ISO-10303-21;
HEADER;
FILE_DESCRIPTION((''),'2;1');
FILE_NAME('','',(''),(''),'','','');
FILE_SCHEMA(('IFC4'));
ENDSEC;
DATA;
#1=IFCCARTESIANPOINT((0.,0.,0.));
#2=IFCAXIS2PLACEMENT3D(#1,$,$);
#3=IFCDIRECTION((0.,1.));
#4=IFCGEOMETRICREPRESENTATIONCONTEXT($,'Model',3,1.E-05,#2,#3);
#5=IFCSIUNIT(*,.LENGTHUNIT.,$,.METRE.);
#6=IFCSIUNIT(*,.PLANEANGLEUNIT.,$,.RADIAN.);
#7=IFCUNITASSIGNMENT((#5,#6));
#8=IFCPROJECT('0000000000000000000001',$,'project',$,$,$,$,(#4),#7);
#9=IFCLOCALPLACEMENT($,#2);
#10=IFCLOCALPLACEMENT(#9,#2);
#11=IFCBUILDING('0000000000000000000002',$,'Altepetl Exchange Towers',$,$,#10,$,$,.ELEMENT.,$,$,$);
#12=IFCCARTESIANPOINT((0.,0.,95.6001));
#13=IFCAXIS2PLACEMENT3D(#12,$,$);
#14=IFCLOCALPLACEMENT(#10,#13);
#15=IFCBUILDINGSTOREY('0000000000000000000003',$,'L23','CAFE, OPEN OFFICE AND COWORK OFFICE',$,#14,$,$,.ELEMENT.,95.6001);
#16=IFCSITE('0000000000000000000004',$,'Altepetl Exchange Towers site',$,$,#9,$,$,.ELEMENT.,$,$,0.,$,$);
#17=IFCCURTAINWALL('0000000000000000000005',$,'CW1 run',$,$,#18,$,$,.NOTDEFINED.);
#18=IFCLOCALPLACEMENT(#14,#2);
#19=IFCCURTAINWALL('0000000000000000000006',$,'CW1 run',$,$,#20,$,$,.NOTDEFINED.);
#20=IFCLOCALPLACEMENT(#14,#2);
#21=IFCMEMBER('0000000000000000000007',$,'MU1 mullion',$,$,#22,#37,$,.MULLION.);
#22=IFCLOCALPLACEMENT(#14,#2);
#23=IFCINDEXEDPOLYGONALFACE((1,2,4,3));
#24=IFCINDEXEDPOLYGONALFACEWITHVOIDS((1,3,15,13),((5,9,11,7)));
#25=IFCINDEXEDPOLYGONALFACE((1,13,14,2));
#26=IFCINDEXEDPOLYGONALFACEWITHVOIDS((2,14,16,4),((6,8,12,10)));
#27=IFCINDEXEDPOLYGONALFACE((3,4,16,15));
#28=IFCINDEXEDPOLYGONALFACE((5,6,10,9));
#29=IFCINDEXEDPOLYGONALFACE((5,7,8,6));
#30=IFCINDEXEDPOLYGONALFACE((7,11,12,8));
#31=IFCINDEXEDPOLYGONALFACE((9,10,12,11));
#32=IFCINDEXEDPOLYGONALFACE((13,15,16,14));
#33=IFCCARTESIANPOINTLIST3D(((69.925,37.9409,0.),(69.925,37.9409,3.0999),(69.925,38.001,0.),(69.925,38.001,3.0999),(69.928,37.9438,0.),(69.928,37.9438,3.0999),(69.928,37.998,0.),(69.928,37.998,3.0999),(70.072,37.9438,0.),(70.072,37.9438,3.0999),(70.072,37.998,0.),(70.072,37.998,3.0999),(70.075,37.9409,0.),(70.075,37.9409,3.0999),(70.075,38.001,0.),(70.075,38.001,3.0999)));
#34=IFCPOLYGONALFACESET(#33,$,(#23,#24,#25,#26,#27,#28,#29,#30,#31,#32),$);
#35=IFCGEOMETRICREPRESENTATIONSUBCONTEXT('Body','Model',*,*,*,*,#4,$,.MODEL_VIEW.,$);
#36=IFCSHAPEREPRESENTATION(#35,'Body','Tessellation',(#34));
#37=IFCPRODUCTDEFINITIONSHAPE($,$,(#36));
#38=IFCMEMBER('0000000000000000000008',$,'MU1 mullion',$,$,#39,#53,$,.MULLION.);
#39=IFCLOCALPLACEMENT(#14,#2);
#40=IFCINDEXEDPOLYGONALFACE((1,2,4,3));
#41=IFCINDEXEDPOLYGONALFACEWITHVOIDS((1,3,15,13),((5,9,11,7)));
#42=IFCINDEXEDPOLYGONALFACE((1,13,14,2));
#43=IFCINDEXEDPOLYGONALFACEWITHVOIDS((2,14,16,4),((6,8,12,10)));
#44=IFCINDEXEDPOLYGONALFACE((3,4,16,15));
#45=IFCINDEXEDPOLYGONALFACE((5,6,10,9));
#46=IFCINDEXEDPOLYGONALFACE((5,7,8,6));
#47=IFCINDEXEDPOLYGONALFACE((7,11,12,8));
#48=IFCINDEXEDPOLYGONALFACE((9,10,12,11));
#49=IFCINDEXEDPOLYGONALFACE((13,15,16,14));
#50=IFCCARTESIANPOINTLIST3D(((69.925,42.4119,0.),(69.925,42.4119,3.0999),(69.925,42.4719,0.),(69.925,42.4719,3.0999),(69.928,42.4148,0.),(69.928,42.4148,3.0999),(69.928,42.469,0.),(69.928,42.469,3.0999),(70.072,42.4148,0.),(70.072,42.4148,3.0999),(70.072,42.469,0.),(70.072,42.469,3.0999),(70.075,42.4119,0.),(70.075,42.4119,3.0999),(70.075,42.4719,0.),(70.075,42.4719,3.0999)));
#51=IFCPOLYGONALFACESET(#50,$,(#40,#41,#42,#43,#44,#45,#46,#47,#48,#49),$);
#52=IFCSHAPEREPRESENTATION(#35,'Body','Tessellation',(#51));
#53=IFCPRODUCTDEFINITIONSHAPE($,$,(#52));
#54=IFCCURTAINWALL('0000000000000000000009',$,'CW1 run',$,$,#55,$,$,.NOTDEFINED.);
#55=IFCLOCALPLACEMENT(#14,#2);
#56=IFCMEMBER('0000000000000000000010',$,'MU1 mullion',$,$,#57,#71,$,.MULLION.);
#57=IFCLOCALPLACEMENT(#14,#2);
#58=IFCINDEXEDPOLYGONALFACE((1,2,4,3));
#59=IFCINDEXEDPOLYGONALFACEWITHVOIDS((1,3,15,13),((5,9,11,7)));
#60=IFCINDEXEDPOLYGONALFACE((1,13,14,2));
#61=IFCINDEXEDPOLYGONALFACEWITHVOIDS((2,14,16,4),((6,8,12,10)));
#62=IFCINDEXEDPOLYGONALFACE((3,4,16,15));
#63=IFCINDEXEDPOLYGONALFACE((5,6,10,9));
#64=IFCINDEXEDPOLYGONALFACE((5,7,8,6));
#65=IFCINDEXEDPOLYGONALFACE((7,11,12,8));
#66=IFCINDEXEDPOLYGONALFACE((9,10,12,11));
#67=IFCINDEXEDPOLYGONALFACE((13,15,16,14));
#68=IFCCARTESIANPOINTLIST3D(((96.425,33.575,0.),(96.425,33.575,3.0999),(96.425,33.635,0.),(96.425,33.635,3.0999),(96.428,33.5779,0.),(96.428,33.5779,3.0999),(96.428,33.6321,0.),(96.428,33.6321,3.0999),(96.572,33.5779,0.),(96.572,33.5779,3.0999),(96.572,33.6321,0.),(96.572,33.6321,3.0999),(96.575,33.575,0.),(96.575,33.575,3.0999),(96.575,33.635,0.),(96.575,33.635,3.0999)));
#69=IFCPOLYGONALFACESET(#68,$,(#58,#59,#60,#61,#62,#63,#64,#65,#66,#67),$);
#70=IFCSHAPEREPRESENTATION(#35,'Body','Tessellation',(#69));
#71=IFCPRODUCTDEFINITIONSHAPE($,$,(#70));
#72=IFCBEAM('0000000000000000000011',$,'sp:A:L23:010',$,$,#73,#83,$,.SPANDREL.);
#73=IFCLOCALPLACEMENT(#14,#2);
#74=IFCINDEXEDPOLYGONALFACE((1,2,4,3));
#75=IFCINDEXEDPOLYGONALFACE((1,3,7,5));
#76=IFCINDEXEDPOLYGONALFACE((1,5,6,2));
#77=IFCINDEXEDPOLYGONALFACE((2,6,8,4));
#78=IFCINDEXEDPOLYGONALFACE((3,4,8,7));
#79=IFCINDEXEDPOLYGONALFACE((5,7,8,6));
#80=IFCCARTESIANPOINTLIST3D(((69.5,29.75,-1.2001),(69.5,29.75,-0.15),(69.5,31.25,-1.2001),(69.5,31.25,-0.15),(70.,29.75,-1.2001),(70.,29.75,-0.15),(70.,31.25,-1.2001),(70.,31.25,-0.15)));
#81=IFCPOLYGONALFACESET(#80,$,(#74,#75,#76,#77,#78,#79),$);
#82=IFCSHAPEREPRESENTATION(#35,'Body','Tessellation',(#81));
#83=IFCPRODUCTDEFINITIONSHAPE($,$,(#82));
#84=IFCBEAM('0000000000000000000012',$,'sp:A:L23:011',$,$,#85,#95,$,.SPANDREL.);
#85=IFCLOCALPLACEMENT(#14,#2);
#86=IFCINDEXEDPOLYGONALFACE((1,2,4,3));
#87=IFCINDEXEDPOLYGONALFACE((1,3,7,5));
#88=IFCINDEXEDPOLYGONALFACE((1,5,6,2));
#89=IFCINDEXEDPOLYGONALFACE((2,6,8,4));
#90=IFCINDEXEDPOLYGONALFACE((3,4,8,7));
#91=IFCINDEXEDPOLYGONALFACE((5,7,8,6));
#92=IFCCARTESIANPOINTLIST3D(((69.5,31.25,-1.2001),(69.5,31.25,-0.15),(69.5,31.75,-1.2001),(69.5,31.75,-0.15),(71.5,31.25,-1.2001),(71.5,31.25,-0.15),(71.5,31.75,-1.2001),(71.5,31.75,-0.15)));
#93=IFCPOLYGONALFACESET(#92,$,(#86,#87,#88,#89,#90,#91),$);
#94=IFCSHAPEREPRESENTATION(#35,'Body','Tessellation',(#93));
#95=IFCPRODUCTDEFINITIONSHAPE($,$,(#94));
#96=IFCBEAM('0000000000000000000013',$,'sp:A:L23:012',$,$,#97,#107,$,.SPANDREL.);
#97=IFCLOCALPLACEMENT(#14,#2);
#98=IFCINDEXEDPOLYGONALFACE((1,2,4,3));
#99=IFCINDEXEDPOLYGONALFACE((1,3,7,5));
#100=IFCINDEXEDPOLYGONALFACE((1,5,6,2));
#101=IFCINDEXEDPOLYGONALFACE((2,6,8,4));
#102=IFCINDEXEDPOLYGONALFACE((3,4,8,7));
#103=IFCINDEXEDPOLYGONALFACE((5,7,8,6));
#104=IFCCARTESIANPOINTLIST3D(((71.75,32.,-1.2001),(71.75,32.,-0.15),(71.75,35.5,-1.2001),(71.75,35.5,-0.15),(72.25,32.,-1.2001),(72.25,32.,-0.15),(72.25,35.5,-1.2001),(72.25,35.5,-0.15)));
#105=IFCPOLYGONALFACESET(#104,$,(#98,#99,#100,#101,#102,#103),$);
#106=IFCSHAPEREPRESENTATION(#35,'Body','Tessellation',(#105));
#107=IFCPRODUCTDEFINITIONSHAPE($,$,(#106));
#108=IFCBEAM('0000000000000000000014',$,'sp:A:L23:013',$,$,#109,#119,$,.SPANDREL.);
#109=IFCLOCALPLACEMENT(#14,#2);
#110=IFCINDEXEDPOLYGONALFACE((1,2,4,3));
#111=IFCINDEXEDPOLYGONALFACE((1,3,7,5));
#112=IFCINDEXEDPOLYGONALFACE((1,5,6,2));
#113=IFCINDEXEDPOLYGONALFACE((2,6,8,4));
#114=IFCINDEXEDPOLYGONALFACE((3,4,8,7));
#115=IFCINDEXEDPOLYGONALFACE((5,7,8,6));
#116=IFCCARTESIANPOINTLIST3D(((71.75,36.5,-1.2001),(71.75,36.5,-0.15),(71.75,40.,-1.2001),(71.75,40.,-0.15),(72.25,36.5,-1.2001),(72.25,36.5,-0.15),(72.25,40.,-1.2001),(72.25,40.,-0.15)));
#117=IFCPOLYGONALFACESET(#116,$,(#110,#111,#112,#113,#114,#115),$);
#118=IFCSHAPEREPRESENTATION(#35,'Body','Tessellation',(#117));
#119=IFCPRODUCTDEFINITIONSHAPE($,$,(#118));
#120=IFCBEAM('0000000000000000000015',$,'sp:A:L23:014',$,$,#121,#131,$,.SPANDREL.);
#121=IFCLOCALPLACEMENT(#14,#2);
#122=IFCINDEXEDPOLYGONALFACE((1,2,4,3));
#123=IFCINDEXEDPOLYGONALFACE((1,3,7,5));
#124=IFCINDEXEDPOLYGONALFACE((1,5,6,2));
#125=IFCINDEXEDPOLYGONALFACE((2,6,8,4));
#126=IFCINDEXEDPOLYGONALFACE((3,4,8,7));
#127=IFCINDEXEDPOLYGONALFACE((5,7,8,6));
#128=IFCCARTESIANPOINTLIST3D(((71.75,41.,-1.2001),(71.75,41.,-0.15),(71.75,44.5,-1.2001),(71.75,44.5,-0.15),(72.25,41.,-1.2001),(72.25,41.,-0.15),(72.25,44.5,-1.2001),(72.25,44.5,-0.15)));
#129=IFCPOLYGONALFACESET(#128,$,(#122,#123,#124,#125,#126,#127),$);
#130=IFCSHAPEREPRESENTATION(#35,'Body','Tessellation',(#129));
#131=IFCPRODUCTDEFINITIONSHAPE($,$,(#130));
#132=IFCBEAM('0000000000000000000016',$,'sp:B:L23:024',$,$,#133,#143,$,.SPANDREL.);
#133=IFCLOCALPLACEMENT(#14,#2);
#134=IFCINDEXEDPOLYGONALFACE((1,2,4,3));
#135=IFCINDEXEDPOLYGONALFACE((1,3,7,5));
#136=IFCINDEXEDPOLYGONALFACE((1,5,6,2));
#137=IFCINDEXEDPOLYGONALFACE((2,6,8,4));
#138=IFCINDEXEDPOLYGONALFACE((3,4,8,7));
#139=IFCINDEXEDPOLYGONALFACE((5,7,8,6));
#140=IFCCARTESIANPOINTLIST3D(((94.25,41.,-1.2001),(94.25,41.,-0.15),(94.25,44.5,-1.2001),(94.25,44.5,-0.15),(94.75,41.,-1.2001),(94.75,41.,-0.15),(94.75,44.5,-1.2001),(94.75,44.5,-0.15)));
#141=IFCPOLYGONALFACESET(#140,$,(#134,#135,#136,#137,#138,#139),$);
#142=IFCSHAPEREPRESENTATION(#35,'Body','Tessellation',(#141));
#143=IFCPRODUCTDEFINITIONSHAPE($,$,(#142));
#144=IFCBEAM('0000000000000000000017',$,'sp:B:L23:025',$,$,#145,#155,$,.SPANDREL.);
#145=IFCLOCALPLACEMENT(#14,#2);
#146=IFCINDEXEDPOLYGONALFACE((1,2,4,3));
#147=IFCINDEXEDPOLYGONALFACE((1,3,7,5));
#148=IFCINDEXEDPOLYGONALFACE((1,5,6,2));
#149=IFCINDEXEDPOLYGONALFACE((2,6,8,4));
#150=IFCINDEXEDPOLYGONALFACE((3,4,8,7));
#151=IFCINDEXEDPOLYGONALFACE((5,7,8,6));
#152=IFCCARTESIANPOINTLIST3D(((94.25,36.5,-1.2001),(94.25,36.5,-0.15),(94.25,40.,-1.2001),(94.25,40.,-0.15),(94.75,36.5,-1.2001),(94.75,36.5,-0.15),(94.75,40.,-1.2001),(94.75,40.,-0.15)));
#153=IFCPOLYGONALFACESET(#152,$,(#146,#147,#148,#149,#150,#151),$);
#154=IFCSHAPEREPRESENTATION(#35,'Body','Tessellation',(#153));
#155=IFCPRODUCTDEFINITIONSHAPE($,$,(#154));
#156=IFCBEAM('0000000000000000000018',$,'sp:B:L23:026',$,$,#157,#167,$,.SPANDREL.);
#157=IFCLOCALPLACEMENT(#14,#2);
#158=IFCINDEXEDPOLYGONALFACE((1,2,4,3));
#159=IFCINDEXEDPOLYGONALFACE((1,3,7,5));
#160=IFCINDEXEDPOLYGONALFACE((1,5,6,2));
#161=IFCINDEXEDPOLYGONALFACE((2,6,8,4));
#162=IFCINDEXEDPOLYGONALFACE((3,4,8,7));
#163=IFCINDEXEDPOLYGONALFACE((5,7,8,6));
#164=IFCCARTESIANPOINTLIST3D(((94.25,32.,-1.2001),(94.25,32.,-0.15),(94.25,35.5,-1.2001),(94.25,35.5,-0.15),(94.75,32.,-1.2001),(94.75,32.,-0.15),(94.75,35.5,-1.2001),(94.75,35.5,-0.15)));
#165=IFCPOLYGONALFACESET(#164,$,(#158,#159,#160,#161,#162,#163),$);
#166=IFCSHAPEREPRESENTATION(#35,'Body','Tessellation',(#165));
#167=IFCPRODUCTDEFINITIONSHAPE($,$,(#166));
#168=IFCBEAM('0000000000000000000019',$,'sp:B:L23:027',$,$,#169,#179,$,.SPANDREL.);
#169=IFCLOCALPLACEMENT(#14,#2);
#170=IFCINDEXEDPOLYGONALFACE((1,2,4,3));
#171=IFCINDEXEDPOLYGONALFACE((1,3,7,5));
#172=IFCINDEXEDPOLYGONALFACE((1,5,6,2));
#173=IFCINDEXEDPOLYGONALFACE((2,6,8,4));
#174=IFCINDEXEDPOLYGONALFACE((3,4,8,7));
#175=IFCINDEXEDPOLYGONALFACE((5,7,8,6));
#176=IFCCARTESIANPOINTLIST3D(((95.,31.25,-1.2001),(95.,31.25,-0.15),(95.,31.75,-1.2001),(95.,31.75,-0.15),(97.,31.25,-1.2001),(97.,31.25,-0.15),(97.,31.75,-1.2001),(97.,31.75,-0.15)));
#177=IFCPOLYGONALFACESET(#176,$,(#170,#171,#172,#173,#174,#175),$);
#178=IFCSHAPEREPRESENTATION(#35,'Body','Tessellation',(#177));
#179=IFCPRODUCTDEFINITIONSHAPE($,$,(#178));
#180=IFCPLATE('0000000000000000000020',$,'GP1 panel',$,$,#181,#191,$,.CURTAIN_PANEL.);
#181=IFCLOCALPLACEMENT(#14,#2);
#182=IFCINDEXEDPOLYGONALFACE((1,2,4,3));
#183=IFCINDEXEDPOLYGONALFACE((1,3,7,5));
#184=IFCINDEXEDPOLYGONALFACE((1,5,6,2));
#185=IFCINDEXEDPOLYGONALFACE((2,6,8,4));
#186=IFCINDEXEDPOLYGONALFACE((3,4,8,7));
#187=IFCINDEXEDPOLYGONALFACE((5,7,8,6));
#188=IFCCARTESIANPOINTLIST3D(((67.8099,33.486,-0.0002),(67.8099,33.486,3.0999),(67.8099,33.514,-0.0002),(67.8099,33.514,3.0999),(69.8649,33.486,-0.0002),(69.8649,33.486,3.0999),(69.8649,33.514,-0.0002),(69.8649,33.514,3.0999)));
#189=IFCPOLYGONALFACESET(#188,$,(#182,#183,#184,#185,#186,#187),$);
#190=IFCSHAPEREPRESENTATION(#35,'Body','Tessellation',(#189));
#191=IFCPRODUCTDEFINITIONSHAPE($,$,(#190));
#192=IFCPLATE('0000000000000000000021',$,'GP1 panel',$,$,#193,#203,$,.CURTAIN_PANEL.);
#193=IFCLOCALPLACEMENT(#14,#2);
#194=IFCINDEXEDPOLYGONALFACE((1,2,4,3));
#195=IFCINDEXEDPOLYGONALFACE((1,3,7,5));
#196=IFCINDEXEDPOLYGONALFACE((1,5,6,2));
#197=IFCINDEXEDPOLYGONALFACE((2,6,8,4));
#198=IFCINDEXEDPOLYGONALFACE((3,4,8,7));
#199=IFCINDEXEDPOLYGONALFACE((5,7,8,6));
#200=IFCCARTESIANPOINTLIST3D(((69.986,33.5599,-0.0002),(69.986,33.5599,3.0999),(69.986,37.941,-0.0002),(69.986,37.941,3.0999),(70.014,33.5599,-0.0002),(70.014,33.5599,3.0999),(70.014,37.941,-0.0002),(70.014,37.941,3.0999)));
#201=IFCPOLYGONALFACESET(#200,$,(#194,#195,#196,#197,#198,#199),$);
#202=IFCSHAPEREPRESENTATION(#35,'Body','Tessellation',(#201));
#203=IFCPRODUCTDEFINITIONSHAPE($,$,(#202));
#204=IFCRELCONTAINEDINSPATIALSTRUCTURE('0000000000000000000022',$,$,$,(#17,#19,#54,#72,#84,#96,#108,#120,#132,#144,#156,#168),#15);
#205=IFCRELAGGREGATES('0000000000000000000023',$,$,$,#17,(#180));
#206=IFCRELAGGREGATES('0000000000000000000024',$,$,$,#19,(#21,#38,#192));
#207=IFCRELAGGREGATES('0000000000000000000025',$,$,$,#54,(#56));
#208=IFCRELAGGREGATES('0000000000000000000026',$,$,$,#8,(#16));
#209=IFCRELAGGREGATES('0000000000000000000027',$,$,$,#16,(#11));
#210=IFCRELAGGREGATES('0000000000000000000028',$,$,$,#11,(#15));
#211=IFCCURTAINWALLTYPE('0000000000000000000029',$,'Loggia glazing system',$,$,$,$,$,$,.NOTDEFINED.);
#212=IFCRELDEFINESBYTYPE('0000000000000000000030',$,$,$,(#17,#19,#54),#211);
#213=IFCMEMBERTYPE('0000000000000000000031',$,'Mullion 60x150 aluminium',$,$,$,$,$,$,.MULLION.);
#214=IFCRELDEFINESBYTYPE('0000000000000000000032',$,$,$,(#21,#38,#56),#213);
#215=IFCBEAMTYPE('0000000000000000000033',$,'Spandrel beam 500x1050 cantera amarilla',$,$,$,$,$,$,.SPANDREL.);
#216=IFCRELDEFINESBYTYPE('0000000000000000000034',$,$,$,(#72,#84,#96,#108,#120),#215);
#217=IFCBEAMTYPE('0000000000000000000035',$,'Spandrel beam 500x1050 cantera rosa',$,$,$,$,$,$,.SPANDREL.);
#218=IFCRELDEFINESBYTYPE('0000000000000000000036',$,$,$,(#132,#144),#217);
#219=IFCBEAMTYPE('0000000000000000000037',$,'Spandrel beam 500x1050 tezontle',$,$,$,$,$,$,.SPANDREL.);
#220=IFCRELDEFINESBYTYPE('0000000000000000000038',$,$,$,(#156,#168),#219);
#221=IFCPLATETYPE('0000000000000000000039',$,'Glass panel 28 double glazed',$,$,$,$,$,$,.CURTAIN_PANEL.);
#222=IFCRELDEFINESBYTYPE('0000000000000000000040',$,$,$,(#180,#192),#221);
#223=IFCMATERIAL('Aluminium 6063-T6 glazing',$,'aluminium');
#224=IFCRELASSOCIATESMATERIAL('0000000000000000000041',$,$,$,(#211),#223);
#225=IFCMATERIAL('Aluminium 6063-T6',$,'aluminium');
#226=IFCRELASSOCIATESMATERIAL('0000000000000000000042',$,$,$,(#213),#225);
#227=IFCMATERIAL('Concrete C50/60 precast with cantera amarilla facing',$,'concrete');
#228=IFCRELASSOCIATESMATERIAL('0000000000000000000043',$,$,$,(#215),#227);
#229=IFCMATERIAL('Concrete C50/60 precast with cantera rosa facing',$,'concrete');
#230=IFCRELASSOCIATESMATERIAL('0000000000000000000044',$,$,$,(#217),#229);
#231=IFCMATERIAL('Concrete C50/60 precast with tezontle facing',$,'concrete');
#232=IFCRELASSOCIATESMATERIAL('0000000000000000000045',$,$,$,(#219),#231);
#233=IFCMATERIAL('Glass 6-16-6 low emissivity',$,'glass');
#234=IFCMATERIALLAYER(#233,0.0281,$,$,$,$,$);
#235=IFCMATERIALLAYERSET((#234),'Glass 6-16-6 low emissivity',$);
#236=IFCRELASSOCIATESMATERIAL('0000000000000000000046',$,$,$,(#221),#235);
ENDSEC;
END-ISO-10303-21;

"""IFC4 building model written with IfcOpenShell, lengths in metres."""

from ifc_helpers import new_model, si_unit, direction, frame, origin, origin_2d, place, context, subcontext, project, spatial, rectangle, hollow_rectangle, extrude, material, layer, layer_set, material_profile, profile_set, type_object, element, aggregate, save


model = new_model("IFC4")

# Units and contexts
model_context = context("Model", 3, precision=1e-05, world=origin(), true_north=direction((0.0, 1.0)))
body_context = subcontext(model_context, "Body", "Model", "MODEL_VIEW")
ifc_project = project(units=[si_unit("LENGTHUNIT", "METRE"), si_unit("PLANEANGLEUNIT", "RADIAN")], contexts=[model_context])

# Site, building, storey
site_placement = place(None, origin())
site = spatial("IfcSite", under=ifc_project, at=site_placement, Name="Altepetl Exchange Towers site", CompositionType="ELEMENT", RefElevation=0.0)
building_placement = place(site_placement, origin())
building = spatial("IfcBuilding", under=site, at=building_placement, Name="Altepetl Exchange Towers", CompositionType="ELEMENT")
storey_placement = place(building_placement, frame((0.0, 0.0, 95.6001)))
storey = spatial("IfcBuildingStorey", under=building, at=storey_placement, Name="L23", Description="CAFE, OPEN OFFICE AND COWORK OFFICE", CompositionType="ELEMENT", Elevation=95.6001)

# Curtain wall
ifc_material_1 = material(Name="Aluminium 6063-T6 glazing", Category="aluminium")
curtain_wall_type = type_object("IfcCurtainWallType", Name="Loggia glazing system", PredefinedType="NOTDEFINED", material=ifc_material_1)
curtain_wall_1_placement = place(storey_placement, origin())
curtain_wall_1 = element("IfcCurtainWall", 1, at=curtain_wall_1_placement, inside=storey, type_object=curtain_wall_type, Name="CW1 run", PredefinedType="NOTDEFINED")
ifc_material_2 = material(Name="Aluminium 6063-T6", Category="aluminium")
ifc_material_profile_1 = material_profile(ifc_material_2, hollow_rectangle(XDim=0.0601, YDim=0.1499, WallThickness=0.0029, at=origin_2d()), Name="Mullion 60x150 aluminium")
ifc_profile_set_1 = profile_set([ifc_material_profile_1], Name="Aluminium 6063-T6")
member_type = type_object("IfcMemberType", Name="Mullion 60x150 aluminium", PredefinedType="MULLION", material=ifc_profile_set_1)

# Curtain wall, members
curtain_wall_2_placement = place(storey_placement, origin())
curtain_wall_2 = element("IfcCurtainWall", 2, at=curtain_wall_2_placement, inside=storey, type_object=curtain_wall_type, Name="CW1 run", PredefinedType="NOTDEFINED")
member_1_placement = place(storey_placement, frame((70.0, 37.9709, 0.0), z_axis=(0.0, 0.0, 1.0), x_axis=(0.0, 1.0, 0.0)))
member_1 = element("IfcMember", 3, at=member_1_placement, type_object=member_type, Name="MU1 mullion", PredefinedType="MULLION", context=body_context, shape_type="SweptSolid", body=[
    extrude(hollow_rectangle(XDim=0.0601, YDim=0.1499, WallThickness=0.0029, at=origin_2d()), origin(), (0.0, 0.0, 1.0), 3.0999),
])
member_2_placement = place(storey_placement, frame((70.0, 42.4419, 0.0), z_axis=(0.0, 0.0, 1.0), x_axis=(0.0, 1.0, 0.0)))
member_2 = element("IfcMember", 4, at=member_2_placement, type_object=member_type, Name="MU1 mullion", PredefinedType="MULLION", context=body_context, shape_type="SweptSolid", body=[
    extrude(hollow_rectangle(XDim=0.0601, YDim=0.1499, WallThickness=0.0029, at=origin_2d()), origin(), (0.0, 0.0, 1.0), 3.0999),
])

# Curtain wall, member
curtain_wall_3_placement = place(storey_placement, origin())
curtain_wall_3 = element("IfcCurtainWall", 5, at=curtain_wall_3_placement, inside=storey, type_object=curtain_wall_type, Name="CW1 run", PredefinedType="NOTDEFINED")
member_3_placement = place(storey_placement, frame((96.5, 33.605, 0.0), z_axis=(0.0, 0.0, 1.0), x_axis=(0.0, -1.0, 0.0)))
member_3 = element("IfcMember", 6, at=member_3_placement, type_object=member_type, Name="MU1 mullion", PredefinedType="MULLION", context=body_context, shape_type="SweptSolid", body=[
    extrude(hollow_rectangle(XDim=0.0601, YDim=0.1499, WallThickness=0.0029, at=origin_2d()), origin(), (0.0, 0.0, 1.0), 3.0999),
])

# Beams
ifc_material_3 = material(Name="Concrete C50/60 precast with cantera amarilla facing", Category="concrete")
ifc_material_profile_2 = material_profile(ifc_material_3, rectangle(XDim=0.5, YDim=1.05, at=origin_2d()), Name="500 x 1050")
ifc_profile_set_2 = profile_set([ifc_material_profile_2], Name="Concrete C50/60 precast with cantera amarilla facing")
beam_type_1 = type_object("IfcBeamType", Name="Spandrel beam 500x1050 cantera amarilla", PredefinedType="SPANDREL", material=ifc_profile_set_2)
beam_1_placement = place(storey_placement, frame((69.75, 29.75, -0.675), z_axis=(0.0, 1.0, 0.0), x_axis=(-1.0, 0.0, 0.0)))
element("IfcBeam", 7, at=beam_1_placement, inside=storey, type_object=beam_type_1, Name="sp:A:L23:010", PredefinedType="SPANDREL", context=body_context, shape_type="SweptSolid", body=[
    extrude(rectangle(XDim=0.5, YDim=1.05, at=origin_2d()), origin(), (0.0, 0.0, 1.0), 1.5),
])
beam_2_placement = place(storey_placement, frame((69.5, 31.5, -0.675), z_axis=(1.0, 0.0, 0.0), x_axis=(0.0, 1.0, 0.0)))
element("IfcBeam", 8, at=beam_2_placement, inside=storey, type_object=beam_type_1, Name="sp:A:L23:011", PredefinedType="SPANDREL", context=body_context, shape_type="SweptSolid", body=[
    extrude(rectangle(XDim=0.5, YDim=1.05, at=origin_2d()), origin(), (0.0, 0.0, 1.0), 2.0),
])
for number, where, z_axis, x_axis, name in (
    (9, (72.0, 32.0, -0.675), (0.0, 1.0, 0.0), (-1.0, 0.0, 0.0), "sp:A:L23:012"),
    (10, (72.0, 36.5, -0.675), (0.0, 1.0, 0.0), (-1.0, 0.0, 0.0), "sp:A:L23:013"),
    (11, (72.0, 41.0, -0.675), (0.0, 1.0, 0.0), (-1.0, 0.0, 0.0), "sp:A:L23:014"),
):
    element("IfcBeam", number, at=place(storey_placement, frame(where, z_axis=z_axis, x_axis=x_axis)), inside=storey, type_object=beam_type_1, Name=name, PredefinedType="SPANDREL", context=body_context, shape_type="SweptSolid", body=[
        extrude(rectangle(XDim=0.5, YDim=1.05, at=origin_2d()), origin(), (0.0, 0.0, 1.0), 3.5),
    ])
ifc_material_4 = material(Name="Concrete C50/60 precast with cantera rosa facing", Category="concrete")
ifc_material_profile_3 = material_profile(ifc_material_4, rectangle(XDim=0.5, YDim=1.05, at=origin_2d()), Name="500 x 1050")
ifc_profile_set_3 = profile_set([ifc_material_profile_3], Name="Concrete C50/60 precast with cantera rosa facing")
beam_type_2 = type_object("IfcBeamType", Name="Spandrel beam 500x1050 cantera rosa", PredefinedType="SPANDREL", material=ifc_profile_set_3)
for number, where, z_axis, x_axis, name in (
    (12, (94.5, 44.5, -0.675), (0.0, -1.0, 0.0), (1.0, 0.0, 0.0), "sp:B:L23:024"),
    (13, (94.5, 40.0, -0.675), (0.0, -1.0, 0.0), (1.0, 0.0, 0.0), "sp:B:L23:025"),
):
    element("IfcBeam", number, at=place(storey_placement, frame(where, z_axis=z_axis, x_axis=x_axis)), inside=storey, type_object=beam_type_2, Name=name, PredefinedType="SPANDREL", context=body_context, shape_type="SweptSolid", body=[
        extrude(rectangle(XDim=0.5, YDim=1.05, at=origin_2d()), origin(), (0.0, 0.0, 1.0), 3.5),
    ])
ifc_material_5 = material(Name="Concrete C50/60 precast with tezontle facing", Category="concrete")
ifc_material_profile_4 = material_profile(ifc_material_5, rectangle(XDim=0.5, YDim=1.05, at=origin_2d()), Name="500 x 1050")
ifc_profile_set_4 = profile_set([ifc_material_profile_4], Name="Concrete C50/60 precast with tezontle facing")
beam_type_3 = type_object("IfcBeamType", Name="Spandrel beam 500x1050 tezontle", PredefinedType="SPANDREL", material=ifc_profile_set_4)
beam_3_placement = place(storey_placement, frame((94.5, 35.5, -0.675), z_axis=(0.0, -1.0, 0.0), x_axis=(1.0, 0.0, 0.0)))
element("IfcBeam", 14, at=beam_3_placement, inside=storey, type_object=beam_type_3, Name="sp:B:L23:026", PredefinedType="SPANDREL", context=body_context, shape_type="SweptSolid", body=[
    extrude(rectangle(XDim=0.5, YDim=1.05, at=origin_2d()), origin(), (0.0, 0.0, 1.0), 3.5),
])
beam_4_placement = place(storey_placement, frame((95.0, 31.5, -0.675), z_axis=(1.0, 0.0, 0.0), x_axis=(0.0, 1.0, 0.0)))
element("IfcBeam", 15, at=beam_4_placement, inside=storey, type_object=beam_type_3, Name="sp:B:L23:027", PredefinedType="SPANDREL", context=body_context, shape_type="SweptSolid", body=[
    extrude(rectangle(XDim=0.5, YDim=1.05, at=origin_2d()), origin(), (0.0, 0.0, 1.0), 2.0),
])

# Plates
ifc_material_6 = material(Name="Glass 6-16-6 low emissivity", Category="glass")
ifc_layer = layer(ifc_material_6, 0.0281)
ifc_layer_set = layer_set([ifc_layer], Name="Glass 6-16-6 low emissivity")
plate_type = type_object("IfcPlateType", Name="Glass panel 28 double glazed", PredefinedType="CURTAIN_PANEL", material=ifc_layer_set)
plate_1_placement = place(storey_placement, frame((68.8374, 33.5, -0.0002)))
plate_1 = element("IfcPlate", 16, at=plate_1_placement, type_object=plate_type, Name="GP1 panel", PredefinedType="CURTAIN_PANEL", context=body_context, shape_type="SweptSolid", body=[
    extrude(rectangle(XDim=2.0549, YDim=0.0281, at=origin_2d()), origin(), (0.0, 0.0, 1.0), 3.1001),
])
aggregate(curtain_wall_1, [plate_1])
plate_2_placement = place(storey_placement, frame((70.0, 35.7505, -0.0002), z_axis=(0.0, 0.0, 1.0), x_axis=(0.0, 1.0, 0.0)))
plate_2 = element("IfcPlate", 17, at=plate_2_placement, type_object=plate_type, Name="GP1 panel", PredefinedType="CURTAIN_PANEL", context=body_context, shape_type="SweptSolid", body=[
    extrude(rectangle(XDim=4.3811, YDim=0.0281, at=origin_2d()), origin(), (0.0, 0.0, 1.0), 3.1001),
])
aggregate(curtain_wall_2, [member_1, member_2, plate_2])
aggregate(curtain_wall_3, [member_3])

save(model, "model.ifc")
